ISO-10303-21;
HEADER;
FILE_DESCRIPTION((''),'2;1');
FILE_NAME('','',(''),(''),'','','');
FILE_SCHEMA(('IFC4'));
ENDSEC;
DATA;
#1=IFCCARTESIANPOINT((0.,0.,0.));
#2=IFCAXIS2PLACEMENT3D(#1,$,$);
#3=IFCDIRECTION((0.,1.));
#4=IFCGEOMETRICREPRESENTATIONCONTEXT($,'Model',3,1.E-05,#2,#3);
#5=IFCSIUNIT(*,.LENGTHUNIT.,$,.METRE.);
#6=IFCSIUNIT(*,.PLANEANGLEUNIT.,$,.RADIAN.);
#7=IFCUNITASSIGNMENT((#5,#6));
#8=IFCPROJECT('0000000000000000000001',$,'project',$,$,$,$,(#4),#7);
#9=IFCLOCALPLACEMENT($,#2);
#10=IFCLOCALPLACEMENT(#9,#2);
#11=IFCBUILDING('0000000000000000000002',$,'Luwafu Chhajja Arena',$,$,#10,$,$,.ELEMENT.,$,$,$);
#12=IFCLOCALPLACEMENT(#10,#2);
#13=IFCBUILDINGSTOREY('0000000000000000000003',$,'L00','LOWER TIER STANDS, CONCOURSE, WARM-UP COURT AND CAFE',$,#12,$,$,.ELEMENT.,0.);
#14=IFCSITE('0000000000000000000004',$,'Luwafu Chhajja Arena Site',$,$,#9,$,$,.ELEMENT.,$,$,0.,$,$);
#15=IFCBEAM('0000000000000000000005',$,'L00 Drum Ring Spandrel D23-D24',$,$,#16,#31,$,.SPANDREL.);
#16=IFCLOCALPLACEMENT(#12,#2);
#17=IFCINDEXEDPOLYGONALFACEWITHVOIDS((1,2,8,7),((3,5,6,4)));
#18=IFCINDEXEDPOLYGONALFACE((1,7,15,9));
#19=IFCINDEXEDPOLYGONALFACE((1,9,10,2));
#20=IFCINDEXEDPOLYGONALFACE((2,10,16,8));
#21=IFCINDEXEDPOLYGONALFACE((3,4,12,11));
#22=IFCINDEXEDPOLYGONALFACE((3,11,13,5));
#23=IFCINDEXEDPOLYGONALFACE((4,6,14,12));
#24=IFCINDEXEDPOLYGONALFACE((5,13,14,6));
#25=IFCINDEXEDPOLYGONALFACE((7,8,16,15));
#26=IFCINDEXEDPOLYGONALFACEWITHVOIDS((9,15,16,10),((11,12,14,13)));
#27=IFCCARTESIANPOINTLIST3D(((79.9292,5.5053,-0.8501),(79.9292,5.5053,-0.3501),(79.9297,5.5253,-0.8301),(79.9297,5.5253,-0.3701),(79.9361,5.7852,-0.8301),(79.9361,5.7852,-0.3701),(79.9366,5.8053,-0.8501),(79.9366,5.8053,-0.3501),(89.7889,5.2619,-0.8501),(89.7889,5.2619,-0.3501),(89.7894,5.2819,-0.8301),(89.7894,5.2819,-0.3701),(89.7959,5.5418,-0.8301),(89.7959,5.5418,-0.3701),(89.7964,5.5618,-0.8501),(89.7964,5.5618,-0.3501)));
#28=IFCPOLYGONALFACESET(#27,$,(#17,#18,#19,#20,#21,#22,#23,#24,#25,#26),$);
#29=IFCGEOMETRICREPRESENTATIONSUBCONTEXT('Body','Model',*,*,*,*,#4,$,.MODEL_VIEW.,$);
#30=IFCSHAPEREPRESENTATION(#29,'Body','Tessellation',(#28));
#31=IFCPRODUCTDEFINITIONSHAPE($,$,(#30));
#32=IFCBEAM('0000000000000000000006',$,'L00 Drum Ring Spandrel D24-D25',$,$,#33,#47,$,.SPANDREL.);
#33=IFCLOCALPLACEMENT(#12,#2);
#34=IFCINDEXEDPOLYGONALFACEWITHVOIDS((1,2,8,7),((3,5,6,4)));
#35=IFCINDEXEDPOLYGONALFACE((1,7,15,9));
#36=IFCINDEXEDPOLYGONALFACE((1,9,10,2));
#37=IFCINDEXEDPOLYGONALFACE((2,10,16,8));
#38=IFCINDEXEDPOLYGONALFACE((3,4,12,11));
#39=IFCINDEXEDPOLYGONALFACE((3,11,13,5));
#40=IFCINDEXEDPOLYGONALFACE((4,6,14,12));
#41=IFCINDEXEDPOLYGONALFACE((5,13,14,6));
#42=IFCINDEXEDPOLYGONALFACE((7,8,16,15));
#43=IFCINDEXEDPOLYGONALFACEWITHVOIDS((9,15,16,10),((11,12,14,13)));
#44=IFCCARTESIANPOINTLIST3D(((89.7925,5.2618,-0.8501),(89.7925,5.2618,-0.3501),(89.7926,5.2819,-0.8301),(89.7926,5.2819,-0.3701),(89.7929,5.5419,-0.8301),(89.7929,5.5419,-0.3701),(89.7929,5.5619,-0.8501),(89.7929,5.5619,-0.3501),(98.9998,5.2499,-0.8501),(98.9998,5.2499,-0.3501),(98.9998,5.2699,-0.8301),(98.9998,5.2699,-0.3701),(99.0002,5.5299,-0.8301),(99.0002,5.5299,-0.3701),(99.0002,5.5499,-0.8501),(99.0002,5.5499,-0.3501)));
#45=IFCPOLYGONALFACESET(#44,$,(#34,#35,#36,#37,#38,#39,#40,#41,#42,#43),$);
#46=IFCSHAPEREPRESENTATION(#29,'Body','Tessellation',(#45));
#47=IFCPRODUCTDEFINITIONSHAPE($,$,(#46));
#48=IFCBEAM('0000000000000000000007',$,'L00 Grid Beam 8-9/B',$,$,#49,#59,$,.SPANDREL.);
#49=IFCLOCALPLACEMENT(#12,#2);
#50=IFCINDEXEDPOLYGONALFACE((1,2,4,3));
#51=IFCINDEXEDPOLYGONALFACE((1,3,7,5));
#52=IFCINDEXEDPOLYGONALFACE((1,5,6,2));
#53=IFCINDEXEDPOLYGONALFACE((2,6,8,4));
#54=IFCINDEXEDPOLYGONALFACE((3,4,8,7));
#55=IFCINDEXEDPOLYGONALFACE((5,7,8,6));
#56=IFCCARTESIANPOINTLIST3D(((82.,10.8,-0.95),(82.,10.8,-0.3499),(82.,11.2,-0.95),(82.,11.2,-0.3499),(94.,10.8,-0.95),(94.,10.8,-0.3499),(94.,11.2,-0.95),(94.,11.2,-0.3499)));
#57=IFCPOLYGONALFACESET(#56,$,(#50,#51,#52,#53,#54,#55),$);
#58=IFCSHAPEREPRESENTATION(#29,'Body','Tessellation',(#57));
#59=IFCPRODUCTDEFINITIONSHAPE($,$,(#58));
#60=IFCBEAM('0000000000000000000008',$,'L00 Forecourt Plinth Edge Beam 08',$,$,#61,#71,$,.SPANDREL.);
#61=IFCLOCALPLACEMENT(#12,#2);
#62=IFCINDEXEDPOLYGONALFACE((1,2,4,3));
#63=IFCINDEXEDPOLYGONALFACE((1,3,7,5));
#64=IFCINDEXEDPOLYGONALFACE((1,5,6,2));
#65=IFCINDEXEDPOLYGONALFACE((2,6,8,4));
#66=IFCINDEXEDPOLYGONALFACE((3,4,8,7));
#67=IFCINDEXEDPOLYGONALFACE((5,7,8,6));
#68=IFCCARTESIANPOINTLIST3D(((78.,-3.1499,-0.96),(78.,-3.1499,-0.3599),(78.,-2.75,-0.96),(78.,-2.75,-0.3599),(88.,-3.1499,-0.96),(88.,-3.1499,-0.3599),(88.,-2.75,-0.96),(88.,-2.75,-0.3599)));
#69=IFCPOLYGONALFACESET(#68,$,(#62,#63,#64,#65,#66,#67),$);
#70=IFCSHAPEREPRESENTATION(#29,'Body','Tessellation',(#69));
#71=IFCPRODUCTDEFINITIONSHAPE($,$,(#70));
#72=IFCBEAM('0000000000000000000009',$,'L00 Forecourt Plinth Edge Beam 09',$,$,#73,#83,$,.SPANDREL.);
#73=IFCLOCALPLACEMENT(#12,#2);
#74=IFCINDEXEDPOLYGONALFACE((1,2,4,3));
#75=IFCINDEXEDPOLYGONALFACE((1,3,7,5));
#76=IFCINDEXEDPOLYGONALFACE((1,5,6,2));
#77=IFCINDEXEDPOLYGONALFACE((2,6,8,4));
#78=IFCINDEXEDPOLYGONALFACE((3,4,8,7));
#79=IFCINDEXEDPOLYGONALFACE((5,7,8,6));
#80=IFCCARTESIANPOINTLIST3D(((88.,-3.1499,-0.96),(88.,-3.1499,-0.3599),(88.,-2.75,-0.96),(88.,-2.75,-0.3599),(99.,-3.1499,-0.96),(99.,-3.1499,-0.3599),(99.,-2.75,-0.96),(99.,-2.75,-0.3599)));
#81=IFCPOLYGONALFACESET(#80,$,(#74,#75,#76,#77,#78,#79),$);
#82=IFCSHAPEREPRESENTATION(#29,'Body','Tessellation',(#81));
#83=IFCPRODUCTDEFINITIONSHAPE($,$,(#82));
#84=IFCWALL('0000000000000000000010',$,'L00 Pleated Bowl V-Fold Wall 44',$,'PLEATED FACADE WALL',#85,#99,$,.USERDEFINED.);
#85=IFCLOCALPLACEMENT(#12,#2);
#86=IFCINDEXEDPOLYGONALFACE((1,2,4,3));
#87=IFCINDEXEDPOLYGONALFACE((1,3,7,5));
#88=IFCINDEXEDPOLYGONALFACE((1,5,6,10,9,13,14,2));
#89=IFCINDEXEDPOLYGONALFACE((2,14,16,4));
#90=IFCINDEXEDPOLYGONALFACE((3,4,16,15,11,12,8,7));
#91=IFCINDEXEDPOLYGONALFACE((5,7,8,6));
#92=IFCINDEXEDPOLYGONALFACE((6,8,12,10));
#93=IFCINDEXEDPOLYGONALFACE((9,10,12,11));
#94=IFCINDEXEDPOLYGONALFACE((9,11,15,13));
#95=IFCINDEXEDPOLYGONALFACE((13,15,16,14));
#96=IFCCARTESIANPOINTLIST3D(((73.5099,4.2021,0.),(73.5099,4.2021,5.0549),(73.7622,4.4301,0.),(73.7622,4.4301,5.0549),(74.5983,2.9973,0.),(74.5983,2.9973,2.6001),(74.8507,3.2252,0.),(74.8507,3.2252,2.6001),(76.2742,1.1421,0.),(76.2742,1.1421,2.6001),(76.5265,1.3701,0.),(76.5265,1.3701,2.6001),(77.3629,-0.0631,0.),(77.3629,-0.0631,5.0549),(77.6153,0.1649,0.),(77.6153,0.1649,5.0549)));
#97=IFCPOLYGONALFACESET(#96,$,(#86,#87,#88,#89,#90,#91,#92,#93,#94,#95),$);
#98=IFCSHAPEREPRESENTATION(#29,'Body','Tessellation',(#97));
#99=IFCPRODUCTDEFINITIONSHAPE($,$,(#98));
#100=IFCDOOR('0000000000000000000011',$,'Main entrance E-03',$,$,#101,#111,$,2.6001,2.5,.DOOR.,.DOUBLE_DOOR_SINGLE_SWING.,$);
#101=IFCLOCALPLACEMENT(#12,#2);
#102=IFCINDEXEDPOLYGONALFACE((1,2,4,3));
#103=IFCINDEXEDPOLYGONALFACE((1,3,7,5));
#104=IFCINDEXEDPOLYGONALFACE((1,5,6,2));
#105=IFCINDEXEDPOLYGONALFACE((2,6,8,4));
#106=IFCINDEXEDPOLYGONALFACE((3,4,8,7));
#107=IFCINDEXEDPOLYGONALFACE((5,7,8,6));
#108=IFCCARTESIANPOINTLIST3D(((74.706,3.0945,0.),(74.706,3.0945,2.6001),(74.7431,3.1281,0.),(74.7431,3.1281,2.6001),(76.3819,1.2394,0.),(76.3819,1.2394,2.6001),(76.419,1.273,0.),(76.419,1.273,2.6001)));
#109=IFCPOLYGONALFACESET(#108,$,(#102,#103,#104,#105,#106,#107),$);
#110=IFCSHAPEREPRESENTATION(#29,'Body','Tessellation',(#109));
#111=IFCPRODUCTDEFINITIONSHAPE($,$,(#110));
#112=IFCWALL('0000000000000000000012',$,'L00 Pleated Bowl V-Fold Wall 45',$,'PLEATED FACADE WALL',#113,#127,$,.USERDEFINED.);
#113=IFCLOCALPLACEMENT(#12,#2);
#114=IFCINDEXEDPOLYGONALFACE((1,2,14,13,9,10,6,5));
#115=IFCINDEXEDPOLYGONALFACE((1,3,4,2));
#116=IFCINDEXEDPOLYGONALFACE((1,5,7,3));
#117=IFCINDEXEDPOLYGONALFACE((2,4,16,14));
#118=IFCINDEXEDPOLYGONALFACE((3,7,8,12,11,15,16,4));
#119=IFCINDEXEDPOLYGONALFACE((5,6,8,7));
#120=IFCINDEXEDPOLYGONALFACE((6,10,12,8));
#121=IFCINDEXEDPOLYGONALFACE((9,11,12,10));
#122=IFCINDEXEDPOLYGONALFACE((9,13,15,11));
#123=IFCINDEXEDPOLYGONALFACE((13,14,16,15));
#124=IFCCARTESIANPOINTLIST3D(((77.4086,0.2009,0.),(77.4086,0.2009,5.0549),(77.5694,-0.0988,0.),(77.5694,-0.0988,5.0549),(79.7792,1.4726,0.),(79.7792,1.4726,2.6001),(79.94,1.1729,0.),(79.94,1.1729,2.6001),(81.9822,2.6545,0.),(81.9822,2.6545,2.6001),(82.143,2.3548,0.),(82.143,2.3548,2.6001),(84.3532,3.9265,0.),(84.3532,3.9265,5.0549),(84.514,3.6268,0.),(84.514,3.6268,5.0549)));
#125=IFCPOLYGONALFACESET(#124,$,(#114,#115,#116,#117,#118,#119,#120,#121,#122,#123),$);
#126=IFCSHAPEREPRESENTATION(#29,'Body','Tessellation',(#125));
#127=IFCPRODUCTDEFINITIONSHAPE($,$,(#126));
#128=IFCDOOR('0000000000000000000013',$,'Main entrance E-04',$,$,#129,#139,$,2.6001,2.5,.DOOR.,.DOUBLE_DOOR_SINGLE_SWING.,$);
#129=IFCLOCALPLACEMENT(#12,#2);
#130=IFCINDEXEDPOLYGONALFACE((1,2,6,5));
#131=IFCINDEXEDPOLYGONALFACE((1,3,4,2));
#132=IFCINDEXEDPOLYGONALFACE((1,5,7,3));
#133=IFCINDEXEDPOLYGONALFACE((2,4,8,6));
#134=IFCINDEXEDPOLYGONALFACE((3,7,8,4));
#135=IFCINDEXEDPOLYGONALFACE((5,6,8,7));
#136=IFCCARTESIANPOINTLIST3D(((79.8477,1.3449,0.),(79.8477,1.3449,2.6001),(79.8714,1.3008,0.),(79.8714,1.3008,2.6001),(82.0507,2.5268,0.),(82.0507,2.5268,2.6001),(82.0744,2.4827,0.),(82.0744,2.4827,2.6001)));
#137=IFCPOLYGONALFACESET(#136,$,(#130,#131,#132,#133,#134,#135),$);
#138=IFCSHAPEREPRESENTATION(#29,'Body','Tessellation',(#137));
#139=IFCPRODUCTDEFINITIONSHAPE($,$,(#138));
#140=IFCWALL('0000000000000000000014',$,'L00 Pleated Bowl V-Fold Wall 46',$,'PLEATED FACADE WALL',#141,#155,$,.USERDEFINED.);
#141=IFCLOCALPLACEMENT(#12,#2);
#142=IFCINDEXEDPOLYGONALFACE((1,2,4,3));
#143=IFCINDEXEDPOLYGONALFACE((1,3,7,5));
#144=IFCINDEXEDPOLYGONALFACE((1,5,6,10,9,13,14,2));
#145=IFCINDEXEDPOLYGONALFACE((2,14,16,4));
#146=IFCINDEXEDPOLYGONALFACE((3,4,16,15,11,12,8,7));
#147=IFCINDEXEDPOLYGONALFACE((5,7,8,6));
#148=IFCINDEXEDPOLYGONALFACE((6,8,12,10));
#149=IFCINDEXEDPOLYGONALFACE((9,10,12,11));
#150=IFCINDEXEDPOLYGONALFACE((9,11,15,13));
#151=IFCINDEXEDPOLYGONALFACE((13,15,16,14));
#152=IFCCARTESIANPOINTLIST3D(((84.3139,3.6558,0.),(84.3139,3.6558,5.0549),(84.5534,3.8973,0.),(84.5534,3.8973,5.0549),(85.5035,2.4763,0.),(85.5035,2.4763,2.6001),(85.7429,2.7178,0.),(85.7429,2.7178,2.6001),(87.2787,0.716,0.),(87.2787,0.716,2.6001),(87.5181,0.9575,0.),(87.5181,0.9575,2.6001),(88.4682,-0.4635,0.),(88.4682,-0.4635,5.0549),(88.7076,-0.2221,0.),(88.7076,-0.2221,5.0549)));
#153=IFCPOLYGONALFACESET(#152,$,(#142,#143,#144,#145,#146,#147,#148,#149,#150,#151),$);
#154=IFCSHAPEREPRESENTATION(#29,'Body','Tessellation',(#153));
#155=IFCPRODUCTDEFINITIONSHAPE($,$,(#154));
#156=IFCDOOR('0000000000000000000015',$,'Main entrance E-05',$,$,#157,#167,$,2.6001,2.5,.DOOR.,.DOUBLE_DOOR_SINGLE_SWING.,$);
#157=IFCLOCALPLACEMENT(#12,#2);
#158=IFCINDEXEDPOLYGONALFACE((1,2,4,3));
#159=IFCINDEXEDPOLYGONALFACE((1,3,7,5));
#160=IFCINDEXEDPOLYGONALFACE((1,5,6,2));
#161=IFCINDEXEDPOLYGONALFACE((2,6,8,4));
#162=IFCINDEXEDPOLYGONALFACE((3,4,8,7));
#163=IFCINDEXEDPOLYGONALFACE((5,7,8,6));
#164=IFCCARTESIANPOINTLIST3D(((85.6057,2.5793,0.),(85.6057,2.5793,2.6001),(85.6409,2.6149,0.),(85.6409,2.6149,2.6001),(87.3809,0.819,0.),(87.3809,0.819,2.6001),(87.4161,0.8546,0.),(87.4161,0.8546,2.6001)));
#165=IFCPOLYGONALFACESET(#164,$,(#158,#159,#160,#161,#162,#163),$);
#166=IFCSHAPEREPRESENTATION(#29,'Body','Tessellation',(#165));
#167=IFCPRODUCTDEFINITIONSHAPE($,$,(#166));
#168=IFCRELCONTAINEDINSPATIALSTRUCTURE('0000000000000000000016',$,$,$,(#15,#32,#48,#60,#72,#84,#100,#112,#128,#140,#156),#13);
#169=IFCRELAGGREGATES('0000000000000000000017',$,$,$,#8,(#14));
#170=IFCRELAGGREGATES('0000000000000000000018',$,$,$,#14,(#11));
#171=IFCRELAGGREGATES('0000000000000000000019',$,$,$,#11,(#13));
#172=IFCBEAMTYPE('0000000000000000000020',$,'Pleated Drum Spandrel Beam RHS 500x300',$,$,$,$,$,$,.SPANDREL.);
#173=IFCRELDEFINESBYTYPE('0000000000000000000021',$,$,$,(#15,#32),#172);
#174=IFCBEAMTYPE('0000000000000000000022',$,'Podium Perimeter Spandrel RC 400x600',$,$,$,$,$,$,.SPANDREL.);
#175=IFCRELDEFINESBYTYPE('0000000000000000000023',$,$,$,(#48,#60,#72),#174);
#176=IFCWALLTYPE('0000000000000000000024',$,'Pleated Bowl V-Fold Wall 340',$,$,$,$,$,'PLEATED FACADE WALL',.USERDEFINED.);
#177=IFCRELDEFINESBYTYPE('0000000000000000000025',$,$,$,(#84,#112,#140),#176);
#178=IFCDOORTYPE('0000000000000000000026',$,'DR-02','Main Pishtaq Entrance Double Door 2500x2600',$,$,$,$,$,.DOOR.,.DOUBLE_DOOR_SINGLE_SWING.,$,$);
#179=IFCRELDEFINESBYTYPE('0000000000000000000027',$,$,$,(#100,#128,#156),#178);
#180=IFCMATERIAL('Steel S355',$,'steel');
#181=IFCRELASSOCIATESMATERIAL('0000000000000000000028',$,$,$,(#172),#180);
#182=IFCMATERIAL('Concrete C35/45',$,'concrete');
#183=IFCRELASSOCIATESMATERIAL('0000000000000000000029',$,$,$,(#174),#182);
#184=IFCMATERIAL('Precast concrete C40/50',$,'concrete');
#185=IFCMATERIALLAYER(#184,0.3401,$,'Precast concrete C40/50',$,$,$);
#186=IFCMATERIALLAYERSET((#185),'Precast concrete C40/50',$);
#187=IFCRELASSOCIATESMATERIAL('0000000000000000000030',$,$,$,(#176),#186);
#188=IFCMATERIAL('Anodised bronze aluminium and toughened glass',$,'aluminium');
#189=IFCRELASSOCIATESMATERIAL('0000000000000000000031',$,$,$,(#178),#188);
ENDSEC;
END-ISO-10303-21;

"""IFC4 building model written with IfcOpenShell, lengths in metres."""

from ifc_helpers import new_model, si_unit, direction, frame, frame_2d, origin, origin_2d, place, context, subcontext, project, spatial, rectangle, hollow_rectangle, extrude, material, layer, layer_set, material_profile, profile_set, type_object, element, fill, save


model = new_model("IFC4")

# Units and contexts
model_context = context("Model", 3, precision=1e-05, world=origin(), true_north=direction((0.0, 1.0)))
body_context = subcontext(model_context, "Body", "Model", "MODEL_VIEW")
ifc_project = project(units=[si_unit("LENGTHUNIT", "METRE"), si_unit("PLANEANGLEUNIT", "RADIAN")], contexts=[model_context])

# Site, building, storey
site_placement = place(None, origin())
site = spatial("IfcSite", under=ifc_project, at=site_placement, Name="Luwafu Chhajja Arena Site", CompositionType="ELEMENT", RefElevation=0.0)
building_placement = place(site_placement, origin())
building = spatial("IfcBuilding", under=site, at=building_placement, Name="Luwafu Chhajja Arena", CompositionType="ELEMENT")
storey_placement = place(building_placement, origin())
storey = spatial("IfcBuildingStorey", under=building, at=storey_placement, Name="L00", Description="LOWER TIER STANDS, CONCOURSE, WARM-UP COURT AND CAFE", CompositionType="ELEMENT", Elevation=0.0)

# Shared definitions
ifc_material_1 = material(Name="Concrete C35/45", Category="concrete")
ifc_material_2 = material(Name="Steel S355", Category="steel")

# Beams
ifc_material_profile_1 = material_profile(ifc_material_2, hollow_rectangle(XDim=0.3, YDim=0.5, WallThickness=0.02, at=origin_2d()), Name="RHS 500x300x20")
ifc_profile_set_1 = profile_set([ifc_material_profile_1], Name="Steel S355")
beam_type_1 = type_object("IfcBeamType", Name="Pleated Drum Spandrel Beam RHS 500x300", PredefinedType="SPANDREL", material=ifc_profile_set_1)
beam_1_placement = place(storey_placement, frame((79.9329, 5.6553, -0.6001), z_axis=(0.999695, -0.024679, 0.0), x_axis=(0.024679, 0.999695, 0.0)))
element("IfcBeam", 1, at=beam_1_placement, inside=storey, type_object=beam_type_1, Name="L00 Drum Ring Spandrel D23-D24", PredefinedType="SPANDREL", context=body_context, shape_type="SweptSolid", body=[
    extrude(hollow_rectangle(XDim=0.3, YDim=0.5, WallThickness=0.02, at=origin_2d()), origin(), (0.0, 0.0, 1.0), 9.8628),
])
beam_2_placement = place(storey_placement, frame((89.7927, 5.4119, -0.6001), z_axis=(0.999999, -0.001299, 0.0), x_axis=(0.001299, 0.999999, 0.0)))
element("IfcBeam", 2, at=beam_2_placement, inside=storey, type_object=beam_type_1, Name="L00 Drum Ring Spandrel D24-D25", PredefinedType="SPANDREL", context=body_context, shape_type="SweptSolid", body=[
    extrude(hollow_rectangle(XDim=0.3, YDim=0.5, WallThickness=0.02, at=origin_2d()), origin(), (0.0, 0.0, 1.0), 9.2073),
])
ifc_material_profile_2 = material_profile(ifc_material_1, rectangle(XDim=0.3999, YDim=0.6001, at=origin_2d()), Name="RC 400x600")
ifc_profile_set_2 = profile_set([ifc_material_profile_2], Name="Concrete C35/45")
beam_type_2 = type_object("IfcBeamType", Name="Podium Perimeter Spandrel RC 400x600", PredefinedType="SPANDREL", material=ifc_profile_set_2)
beam_3_placement = place(storey_placement, frame((82.0, 11.0, -0.6499), z_axis=(1.0, 0.0, 0.0), x_axis=(0.0, 1.0, 0.0)))
element("IfcBeam", 3, at=beam_3_placement, inside=storey, type_object=beam_type_2, Name="L00 Grid Beam 8-9/B", PredefinedType="SPANDREL", context=body_context, shape_type="SweptSolid", body=[
    extrude(rectangle(XDim=0.3999, YDim=0.6001, at=origin_2d()), origin(), (0.0, 0.0, 1.0), 12.0),
])
beam_4_placement = place(storey_placement, frame((78.0, -2.95, -0.6599), z_axis=(1.0, 0.0, 0.0), x_axis=(0.0, 1.0, 0.0)))
element("IfcBeam", 4, at=beam_4_placement, inside=storey, type_object=beam_type_2, Name="L00 Forecourt Plinth Edge Beam 08", PredefinedType="SPANDREL", context=body_context, shape_type="SweptSolid", body=[
    extrude(rectangle(XDim=0.3999, YDim=0.6001, at=origin_2d()), origin(), (0.0, 0.0, 1.0), 10.0),
])
beam_5_placement = place(storey_placement, frame((88.0, -2.95, -0.6599), z_axis=(1.0, 0.0, 0.0), x_axis=(0.0, 1.0, 0.0)))
element("IfcBeam", 5, at=beam_5_placement, inside=storey, type_object=beam_type_2, Name="L00 Forecourt Plinth Edge Beam 09", PredefinedType="SPANDREL", context=body_context, shape_type="SweptSolid", body=[
    extrude(rectangle(XDim=0.3999, YDim=0.6001, at=origin_2d()), origin(), (0.0, 0.0, 1.0), 11.0),
])

# Walls, openings, doors
ifc_material_3 = material(Name="Precast concrete C40/50", Category="concrete")
ifc_layer_1 = layer(ifc_material_3, 0.3401, Name="Precast concrete C40/50")
ifc_layer_set_1 = layer_set([ifc_layer_1], Name="Precast concrete C40/50")
wall_type = type_object("IfcWallType", Name="Pleated Bowl V-Fold Wall 340", ElementType="PLEATED FACADE WALL", PredefinedType="USERDEFINED", material=ifc_layer_set_1)
wall_1_placement = place(storey_placement, frame((73.636, 4.3162, 0.0), z_axis=(0.0, 0.0, 1.0), x_axis=(0.670348, -0.742047, 0.0)))
wall_1 = element("IfcWall", 6, at=wall_1_placement, inside=storey, type_object=wall_type, Name="L00 Pleated Bowl V-Fold Wall 44", ObjectType="PLEATED FACADE WALL", PredefinedType="USERDEFINED", context=body_context, shape_type="SweptSolid", body=[
    extrude(rectangle(XDim=5.7478, YDim=0.3401, at=frame_2d((2.874, 0.0))), origin(), (0.0, 0.0, 1.0), 5.0549),
])
opening_1_placement = place(wall_1_placement, frame((1.6238, 0.0, 0.0)))
opening_1 = element("IfcOpeningElement", 7, at=opening_1_placement, cuts=wall_1, PredefinedType="OPENING", context=body_context, shape_type="SweptSolid", body=[
    extrude(rectangle(XDim=2.5, YDim=2.6001, at=frame_2d((1.25, 1.3))), frame((0.0, 0.1799, 0.0), z_axis=(0.0, -1.0, 0.0), x_axis=(1.0, 0.0, 0.0)), (0.0, 0.0, 1.0), 0.3601),
])
ifc_material_4 = material(Name="Anodised bronze aluminium and toughened glass", Category="aluminium")
door_type = type_object("IfcDoorType", Name="DR-02", Description="Main Pishtaq Entrance Double Door 2500x2600", OperationType="DOUBLE_DOOR_SINGLE_SWING", PredefinedType="DOOR", material=ifc_material_4)
door_1_placement = place(opening_1_placement, frame((2.5, 0.0, 0.0), z_axis=(0.0, 0.0, 1.0), x_axis=(-1.0, 0.0, 0.0)))
door_1 = element("IfcDoor", 8, at=door_1_placement, inside=storey, type_object=door_type, Name="Main entrance E-03", OperationType="DOUBLE_DOOR_SINGLE_SWING", OverallHeight=2.6001, OverallWidth=2.5, PredefinedType="DOOR", context=body_context, shape_type="SweptSolid", body=[
    extrude(rectangle(XDim=2.5, YDim=2.6001, at=frame_2d((1.25, 1.3))), frame((0.0, 0.0249, 0.0), z_axis=(0.0, -1.0, 0.0), x_axis=(1.0, 0.0, 0.0)), (0.0, 0.0, 1.0), 0.05),
])
fill(opening_1, door_1)
wall_2_placement = place(storey_placement, frame((77.489, 0.051, 0.0), z_axis=(0.0, 0.0, 1.0), x_axis=(0.881201, 0.472741, 0.0)))
wall_2 = element("IfcWall", 9, at=wall_2_placement, inside=storey, type_object=wall_type, Name="L00 Pleated Bowl V-Fold Wall 45", ObjectType="PLEATED FACADE WALL", PredefinedType="USERDEFINED", context=body_context, shape_type="SweptSolid", body=[
    extrude(rectangle(XDim=7.8809, YDim=0.3401, at=frame_2d((3.9404, 0.0))), origin(), (0.0, 0.0, 1.0), 5.0549),
])
opening_2_placement = place(wall_2_placement, frame((2.6902, 0.0, 0.0)))
opening_2 = element("IfcOpeningElement", 10, at=opening_2_placement, cuts=wall_2, PredefinedType="OPENING", context=body_context, shape_type="SweptSolid", body=[
    extrude(rectangle(XDim=2.5, YDim=2.6001, at=frame_2d((1.25, 1.3))), frame((0.0, 0.1799, 0.0), z_axis=(0.0, -1.0, 0.0), x_axis=(1.0, 0.0, 0.0)), (0.0, 0.0, 1.0), 0.3601),
])
door_2_placement = place(opening_2_placement, frame((2.5, 0.0, 0.0), z_axis=(0.0, 0.0, 1.0), x_axis=(-1.0, 0.0, 0.0)))
door_2 = element("IfcDoor", 11, at=door_2_placement, inside=storey, type_object=door_type, Name="Main entrance E-04", OperationType="DOUBLE_DOOR_SINGLE_SWING", OverallHeight=2.6001, OverallWidth=2.5, PredefinedType="DOOR", context=body_context, shape_type="SweptSolid", body=[
    extrude(rectangle(XDim=2.5, YDim=2.6001, at=frame_2d((1.25, 1.3))), frame((0.0, 0.0249, 0.0), z_axis=(0.0, -1.0, 0.0), x_axis=(1.0, 0.0, 0.0)), (0.0, 0.0, 1.0), 0.05),
])
fill(opening_2, door_2)
wall_3_placement = place(storey_placement, frame((84.4336, 3.7766, 0.0), z_axis=(0.0, 0.0, 1.0), x_axis=(0.710084, -0.704117, 0.0)))
wall_3 = element("IfcWall", 12, at=wall_3_placement, inside=storey, type_object=wall_type, Name="L00 Pleated Bowl V-Fold Wall 46", ObjectType="PLEATED FACADE WALL", PredefinedType="USERDEFINED", context=body_context, shape_type="SweptSolid", body=[
    extrude(rectangle(XDim=5.8503, YDim=0.3401, at=frame_2d((2.9253, 0.0))), origin(), (0.0, 0.0, 1.0), 5.0549),
])
opening_3_placement = place(wall_3_placement, frame((1.6753, 0.0, 0.0)))
opening_3 = element("IfcOpeningElement", 13, at=opening_3_placement, cuts=wall_3, PredefinedType="OPENING", context=body_context, shape_type="SweptSolid", body=[
    extrude(rectangle(XDim=2.5, YDim=2.6001, at=frame_2d((1.25, 1.3))), frame((0.0, 0.1799, 0.0), z_axis=(0.0, -1.0, 0.0), x_axis=(1.0, 0.0, 0.0)), (0.0, 0.0, 1.0), 0.3601),
])
door_3_placement = place(opening_3_placement, frame((2.5, 0.0, 0.0), z_axis=(0.0, 0.0, 1.0), x_axis=(-1.0, 0.0, 0.0)))
door_3 = element("IfcDoor", 14, at=door_3_placement, inside=storey, type_object=door_type, Name="Main entrance E-05", OperationType="DOUBLE_DOOR_SINGLE_SWING", OverallHeight=2.6001, OverallWidth=2.5, PredefinedType="DOOR", context=body_context, shape_type="SweptSolid", body=[
    extrude(rectangle(XDim=2.5, YDim=2.6001, at=frame_2d((1.25, 1.3))), frame((0.0, 0.0249, 0.0), z_axis=(0.0, -1.0, 0.0), x_axis=(1.0, 0.0, 0.0)), (0.0, 0.0, 1.0), 0.05),
])
fill(opening_3, door_3)

save(model, "model.ifc")
